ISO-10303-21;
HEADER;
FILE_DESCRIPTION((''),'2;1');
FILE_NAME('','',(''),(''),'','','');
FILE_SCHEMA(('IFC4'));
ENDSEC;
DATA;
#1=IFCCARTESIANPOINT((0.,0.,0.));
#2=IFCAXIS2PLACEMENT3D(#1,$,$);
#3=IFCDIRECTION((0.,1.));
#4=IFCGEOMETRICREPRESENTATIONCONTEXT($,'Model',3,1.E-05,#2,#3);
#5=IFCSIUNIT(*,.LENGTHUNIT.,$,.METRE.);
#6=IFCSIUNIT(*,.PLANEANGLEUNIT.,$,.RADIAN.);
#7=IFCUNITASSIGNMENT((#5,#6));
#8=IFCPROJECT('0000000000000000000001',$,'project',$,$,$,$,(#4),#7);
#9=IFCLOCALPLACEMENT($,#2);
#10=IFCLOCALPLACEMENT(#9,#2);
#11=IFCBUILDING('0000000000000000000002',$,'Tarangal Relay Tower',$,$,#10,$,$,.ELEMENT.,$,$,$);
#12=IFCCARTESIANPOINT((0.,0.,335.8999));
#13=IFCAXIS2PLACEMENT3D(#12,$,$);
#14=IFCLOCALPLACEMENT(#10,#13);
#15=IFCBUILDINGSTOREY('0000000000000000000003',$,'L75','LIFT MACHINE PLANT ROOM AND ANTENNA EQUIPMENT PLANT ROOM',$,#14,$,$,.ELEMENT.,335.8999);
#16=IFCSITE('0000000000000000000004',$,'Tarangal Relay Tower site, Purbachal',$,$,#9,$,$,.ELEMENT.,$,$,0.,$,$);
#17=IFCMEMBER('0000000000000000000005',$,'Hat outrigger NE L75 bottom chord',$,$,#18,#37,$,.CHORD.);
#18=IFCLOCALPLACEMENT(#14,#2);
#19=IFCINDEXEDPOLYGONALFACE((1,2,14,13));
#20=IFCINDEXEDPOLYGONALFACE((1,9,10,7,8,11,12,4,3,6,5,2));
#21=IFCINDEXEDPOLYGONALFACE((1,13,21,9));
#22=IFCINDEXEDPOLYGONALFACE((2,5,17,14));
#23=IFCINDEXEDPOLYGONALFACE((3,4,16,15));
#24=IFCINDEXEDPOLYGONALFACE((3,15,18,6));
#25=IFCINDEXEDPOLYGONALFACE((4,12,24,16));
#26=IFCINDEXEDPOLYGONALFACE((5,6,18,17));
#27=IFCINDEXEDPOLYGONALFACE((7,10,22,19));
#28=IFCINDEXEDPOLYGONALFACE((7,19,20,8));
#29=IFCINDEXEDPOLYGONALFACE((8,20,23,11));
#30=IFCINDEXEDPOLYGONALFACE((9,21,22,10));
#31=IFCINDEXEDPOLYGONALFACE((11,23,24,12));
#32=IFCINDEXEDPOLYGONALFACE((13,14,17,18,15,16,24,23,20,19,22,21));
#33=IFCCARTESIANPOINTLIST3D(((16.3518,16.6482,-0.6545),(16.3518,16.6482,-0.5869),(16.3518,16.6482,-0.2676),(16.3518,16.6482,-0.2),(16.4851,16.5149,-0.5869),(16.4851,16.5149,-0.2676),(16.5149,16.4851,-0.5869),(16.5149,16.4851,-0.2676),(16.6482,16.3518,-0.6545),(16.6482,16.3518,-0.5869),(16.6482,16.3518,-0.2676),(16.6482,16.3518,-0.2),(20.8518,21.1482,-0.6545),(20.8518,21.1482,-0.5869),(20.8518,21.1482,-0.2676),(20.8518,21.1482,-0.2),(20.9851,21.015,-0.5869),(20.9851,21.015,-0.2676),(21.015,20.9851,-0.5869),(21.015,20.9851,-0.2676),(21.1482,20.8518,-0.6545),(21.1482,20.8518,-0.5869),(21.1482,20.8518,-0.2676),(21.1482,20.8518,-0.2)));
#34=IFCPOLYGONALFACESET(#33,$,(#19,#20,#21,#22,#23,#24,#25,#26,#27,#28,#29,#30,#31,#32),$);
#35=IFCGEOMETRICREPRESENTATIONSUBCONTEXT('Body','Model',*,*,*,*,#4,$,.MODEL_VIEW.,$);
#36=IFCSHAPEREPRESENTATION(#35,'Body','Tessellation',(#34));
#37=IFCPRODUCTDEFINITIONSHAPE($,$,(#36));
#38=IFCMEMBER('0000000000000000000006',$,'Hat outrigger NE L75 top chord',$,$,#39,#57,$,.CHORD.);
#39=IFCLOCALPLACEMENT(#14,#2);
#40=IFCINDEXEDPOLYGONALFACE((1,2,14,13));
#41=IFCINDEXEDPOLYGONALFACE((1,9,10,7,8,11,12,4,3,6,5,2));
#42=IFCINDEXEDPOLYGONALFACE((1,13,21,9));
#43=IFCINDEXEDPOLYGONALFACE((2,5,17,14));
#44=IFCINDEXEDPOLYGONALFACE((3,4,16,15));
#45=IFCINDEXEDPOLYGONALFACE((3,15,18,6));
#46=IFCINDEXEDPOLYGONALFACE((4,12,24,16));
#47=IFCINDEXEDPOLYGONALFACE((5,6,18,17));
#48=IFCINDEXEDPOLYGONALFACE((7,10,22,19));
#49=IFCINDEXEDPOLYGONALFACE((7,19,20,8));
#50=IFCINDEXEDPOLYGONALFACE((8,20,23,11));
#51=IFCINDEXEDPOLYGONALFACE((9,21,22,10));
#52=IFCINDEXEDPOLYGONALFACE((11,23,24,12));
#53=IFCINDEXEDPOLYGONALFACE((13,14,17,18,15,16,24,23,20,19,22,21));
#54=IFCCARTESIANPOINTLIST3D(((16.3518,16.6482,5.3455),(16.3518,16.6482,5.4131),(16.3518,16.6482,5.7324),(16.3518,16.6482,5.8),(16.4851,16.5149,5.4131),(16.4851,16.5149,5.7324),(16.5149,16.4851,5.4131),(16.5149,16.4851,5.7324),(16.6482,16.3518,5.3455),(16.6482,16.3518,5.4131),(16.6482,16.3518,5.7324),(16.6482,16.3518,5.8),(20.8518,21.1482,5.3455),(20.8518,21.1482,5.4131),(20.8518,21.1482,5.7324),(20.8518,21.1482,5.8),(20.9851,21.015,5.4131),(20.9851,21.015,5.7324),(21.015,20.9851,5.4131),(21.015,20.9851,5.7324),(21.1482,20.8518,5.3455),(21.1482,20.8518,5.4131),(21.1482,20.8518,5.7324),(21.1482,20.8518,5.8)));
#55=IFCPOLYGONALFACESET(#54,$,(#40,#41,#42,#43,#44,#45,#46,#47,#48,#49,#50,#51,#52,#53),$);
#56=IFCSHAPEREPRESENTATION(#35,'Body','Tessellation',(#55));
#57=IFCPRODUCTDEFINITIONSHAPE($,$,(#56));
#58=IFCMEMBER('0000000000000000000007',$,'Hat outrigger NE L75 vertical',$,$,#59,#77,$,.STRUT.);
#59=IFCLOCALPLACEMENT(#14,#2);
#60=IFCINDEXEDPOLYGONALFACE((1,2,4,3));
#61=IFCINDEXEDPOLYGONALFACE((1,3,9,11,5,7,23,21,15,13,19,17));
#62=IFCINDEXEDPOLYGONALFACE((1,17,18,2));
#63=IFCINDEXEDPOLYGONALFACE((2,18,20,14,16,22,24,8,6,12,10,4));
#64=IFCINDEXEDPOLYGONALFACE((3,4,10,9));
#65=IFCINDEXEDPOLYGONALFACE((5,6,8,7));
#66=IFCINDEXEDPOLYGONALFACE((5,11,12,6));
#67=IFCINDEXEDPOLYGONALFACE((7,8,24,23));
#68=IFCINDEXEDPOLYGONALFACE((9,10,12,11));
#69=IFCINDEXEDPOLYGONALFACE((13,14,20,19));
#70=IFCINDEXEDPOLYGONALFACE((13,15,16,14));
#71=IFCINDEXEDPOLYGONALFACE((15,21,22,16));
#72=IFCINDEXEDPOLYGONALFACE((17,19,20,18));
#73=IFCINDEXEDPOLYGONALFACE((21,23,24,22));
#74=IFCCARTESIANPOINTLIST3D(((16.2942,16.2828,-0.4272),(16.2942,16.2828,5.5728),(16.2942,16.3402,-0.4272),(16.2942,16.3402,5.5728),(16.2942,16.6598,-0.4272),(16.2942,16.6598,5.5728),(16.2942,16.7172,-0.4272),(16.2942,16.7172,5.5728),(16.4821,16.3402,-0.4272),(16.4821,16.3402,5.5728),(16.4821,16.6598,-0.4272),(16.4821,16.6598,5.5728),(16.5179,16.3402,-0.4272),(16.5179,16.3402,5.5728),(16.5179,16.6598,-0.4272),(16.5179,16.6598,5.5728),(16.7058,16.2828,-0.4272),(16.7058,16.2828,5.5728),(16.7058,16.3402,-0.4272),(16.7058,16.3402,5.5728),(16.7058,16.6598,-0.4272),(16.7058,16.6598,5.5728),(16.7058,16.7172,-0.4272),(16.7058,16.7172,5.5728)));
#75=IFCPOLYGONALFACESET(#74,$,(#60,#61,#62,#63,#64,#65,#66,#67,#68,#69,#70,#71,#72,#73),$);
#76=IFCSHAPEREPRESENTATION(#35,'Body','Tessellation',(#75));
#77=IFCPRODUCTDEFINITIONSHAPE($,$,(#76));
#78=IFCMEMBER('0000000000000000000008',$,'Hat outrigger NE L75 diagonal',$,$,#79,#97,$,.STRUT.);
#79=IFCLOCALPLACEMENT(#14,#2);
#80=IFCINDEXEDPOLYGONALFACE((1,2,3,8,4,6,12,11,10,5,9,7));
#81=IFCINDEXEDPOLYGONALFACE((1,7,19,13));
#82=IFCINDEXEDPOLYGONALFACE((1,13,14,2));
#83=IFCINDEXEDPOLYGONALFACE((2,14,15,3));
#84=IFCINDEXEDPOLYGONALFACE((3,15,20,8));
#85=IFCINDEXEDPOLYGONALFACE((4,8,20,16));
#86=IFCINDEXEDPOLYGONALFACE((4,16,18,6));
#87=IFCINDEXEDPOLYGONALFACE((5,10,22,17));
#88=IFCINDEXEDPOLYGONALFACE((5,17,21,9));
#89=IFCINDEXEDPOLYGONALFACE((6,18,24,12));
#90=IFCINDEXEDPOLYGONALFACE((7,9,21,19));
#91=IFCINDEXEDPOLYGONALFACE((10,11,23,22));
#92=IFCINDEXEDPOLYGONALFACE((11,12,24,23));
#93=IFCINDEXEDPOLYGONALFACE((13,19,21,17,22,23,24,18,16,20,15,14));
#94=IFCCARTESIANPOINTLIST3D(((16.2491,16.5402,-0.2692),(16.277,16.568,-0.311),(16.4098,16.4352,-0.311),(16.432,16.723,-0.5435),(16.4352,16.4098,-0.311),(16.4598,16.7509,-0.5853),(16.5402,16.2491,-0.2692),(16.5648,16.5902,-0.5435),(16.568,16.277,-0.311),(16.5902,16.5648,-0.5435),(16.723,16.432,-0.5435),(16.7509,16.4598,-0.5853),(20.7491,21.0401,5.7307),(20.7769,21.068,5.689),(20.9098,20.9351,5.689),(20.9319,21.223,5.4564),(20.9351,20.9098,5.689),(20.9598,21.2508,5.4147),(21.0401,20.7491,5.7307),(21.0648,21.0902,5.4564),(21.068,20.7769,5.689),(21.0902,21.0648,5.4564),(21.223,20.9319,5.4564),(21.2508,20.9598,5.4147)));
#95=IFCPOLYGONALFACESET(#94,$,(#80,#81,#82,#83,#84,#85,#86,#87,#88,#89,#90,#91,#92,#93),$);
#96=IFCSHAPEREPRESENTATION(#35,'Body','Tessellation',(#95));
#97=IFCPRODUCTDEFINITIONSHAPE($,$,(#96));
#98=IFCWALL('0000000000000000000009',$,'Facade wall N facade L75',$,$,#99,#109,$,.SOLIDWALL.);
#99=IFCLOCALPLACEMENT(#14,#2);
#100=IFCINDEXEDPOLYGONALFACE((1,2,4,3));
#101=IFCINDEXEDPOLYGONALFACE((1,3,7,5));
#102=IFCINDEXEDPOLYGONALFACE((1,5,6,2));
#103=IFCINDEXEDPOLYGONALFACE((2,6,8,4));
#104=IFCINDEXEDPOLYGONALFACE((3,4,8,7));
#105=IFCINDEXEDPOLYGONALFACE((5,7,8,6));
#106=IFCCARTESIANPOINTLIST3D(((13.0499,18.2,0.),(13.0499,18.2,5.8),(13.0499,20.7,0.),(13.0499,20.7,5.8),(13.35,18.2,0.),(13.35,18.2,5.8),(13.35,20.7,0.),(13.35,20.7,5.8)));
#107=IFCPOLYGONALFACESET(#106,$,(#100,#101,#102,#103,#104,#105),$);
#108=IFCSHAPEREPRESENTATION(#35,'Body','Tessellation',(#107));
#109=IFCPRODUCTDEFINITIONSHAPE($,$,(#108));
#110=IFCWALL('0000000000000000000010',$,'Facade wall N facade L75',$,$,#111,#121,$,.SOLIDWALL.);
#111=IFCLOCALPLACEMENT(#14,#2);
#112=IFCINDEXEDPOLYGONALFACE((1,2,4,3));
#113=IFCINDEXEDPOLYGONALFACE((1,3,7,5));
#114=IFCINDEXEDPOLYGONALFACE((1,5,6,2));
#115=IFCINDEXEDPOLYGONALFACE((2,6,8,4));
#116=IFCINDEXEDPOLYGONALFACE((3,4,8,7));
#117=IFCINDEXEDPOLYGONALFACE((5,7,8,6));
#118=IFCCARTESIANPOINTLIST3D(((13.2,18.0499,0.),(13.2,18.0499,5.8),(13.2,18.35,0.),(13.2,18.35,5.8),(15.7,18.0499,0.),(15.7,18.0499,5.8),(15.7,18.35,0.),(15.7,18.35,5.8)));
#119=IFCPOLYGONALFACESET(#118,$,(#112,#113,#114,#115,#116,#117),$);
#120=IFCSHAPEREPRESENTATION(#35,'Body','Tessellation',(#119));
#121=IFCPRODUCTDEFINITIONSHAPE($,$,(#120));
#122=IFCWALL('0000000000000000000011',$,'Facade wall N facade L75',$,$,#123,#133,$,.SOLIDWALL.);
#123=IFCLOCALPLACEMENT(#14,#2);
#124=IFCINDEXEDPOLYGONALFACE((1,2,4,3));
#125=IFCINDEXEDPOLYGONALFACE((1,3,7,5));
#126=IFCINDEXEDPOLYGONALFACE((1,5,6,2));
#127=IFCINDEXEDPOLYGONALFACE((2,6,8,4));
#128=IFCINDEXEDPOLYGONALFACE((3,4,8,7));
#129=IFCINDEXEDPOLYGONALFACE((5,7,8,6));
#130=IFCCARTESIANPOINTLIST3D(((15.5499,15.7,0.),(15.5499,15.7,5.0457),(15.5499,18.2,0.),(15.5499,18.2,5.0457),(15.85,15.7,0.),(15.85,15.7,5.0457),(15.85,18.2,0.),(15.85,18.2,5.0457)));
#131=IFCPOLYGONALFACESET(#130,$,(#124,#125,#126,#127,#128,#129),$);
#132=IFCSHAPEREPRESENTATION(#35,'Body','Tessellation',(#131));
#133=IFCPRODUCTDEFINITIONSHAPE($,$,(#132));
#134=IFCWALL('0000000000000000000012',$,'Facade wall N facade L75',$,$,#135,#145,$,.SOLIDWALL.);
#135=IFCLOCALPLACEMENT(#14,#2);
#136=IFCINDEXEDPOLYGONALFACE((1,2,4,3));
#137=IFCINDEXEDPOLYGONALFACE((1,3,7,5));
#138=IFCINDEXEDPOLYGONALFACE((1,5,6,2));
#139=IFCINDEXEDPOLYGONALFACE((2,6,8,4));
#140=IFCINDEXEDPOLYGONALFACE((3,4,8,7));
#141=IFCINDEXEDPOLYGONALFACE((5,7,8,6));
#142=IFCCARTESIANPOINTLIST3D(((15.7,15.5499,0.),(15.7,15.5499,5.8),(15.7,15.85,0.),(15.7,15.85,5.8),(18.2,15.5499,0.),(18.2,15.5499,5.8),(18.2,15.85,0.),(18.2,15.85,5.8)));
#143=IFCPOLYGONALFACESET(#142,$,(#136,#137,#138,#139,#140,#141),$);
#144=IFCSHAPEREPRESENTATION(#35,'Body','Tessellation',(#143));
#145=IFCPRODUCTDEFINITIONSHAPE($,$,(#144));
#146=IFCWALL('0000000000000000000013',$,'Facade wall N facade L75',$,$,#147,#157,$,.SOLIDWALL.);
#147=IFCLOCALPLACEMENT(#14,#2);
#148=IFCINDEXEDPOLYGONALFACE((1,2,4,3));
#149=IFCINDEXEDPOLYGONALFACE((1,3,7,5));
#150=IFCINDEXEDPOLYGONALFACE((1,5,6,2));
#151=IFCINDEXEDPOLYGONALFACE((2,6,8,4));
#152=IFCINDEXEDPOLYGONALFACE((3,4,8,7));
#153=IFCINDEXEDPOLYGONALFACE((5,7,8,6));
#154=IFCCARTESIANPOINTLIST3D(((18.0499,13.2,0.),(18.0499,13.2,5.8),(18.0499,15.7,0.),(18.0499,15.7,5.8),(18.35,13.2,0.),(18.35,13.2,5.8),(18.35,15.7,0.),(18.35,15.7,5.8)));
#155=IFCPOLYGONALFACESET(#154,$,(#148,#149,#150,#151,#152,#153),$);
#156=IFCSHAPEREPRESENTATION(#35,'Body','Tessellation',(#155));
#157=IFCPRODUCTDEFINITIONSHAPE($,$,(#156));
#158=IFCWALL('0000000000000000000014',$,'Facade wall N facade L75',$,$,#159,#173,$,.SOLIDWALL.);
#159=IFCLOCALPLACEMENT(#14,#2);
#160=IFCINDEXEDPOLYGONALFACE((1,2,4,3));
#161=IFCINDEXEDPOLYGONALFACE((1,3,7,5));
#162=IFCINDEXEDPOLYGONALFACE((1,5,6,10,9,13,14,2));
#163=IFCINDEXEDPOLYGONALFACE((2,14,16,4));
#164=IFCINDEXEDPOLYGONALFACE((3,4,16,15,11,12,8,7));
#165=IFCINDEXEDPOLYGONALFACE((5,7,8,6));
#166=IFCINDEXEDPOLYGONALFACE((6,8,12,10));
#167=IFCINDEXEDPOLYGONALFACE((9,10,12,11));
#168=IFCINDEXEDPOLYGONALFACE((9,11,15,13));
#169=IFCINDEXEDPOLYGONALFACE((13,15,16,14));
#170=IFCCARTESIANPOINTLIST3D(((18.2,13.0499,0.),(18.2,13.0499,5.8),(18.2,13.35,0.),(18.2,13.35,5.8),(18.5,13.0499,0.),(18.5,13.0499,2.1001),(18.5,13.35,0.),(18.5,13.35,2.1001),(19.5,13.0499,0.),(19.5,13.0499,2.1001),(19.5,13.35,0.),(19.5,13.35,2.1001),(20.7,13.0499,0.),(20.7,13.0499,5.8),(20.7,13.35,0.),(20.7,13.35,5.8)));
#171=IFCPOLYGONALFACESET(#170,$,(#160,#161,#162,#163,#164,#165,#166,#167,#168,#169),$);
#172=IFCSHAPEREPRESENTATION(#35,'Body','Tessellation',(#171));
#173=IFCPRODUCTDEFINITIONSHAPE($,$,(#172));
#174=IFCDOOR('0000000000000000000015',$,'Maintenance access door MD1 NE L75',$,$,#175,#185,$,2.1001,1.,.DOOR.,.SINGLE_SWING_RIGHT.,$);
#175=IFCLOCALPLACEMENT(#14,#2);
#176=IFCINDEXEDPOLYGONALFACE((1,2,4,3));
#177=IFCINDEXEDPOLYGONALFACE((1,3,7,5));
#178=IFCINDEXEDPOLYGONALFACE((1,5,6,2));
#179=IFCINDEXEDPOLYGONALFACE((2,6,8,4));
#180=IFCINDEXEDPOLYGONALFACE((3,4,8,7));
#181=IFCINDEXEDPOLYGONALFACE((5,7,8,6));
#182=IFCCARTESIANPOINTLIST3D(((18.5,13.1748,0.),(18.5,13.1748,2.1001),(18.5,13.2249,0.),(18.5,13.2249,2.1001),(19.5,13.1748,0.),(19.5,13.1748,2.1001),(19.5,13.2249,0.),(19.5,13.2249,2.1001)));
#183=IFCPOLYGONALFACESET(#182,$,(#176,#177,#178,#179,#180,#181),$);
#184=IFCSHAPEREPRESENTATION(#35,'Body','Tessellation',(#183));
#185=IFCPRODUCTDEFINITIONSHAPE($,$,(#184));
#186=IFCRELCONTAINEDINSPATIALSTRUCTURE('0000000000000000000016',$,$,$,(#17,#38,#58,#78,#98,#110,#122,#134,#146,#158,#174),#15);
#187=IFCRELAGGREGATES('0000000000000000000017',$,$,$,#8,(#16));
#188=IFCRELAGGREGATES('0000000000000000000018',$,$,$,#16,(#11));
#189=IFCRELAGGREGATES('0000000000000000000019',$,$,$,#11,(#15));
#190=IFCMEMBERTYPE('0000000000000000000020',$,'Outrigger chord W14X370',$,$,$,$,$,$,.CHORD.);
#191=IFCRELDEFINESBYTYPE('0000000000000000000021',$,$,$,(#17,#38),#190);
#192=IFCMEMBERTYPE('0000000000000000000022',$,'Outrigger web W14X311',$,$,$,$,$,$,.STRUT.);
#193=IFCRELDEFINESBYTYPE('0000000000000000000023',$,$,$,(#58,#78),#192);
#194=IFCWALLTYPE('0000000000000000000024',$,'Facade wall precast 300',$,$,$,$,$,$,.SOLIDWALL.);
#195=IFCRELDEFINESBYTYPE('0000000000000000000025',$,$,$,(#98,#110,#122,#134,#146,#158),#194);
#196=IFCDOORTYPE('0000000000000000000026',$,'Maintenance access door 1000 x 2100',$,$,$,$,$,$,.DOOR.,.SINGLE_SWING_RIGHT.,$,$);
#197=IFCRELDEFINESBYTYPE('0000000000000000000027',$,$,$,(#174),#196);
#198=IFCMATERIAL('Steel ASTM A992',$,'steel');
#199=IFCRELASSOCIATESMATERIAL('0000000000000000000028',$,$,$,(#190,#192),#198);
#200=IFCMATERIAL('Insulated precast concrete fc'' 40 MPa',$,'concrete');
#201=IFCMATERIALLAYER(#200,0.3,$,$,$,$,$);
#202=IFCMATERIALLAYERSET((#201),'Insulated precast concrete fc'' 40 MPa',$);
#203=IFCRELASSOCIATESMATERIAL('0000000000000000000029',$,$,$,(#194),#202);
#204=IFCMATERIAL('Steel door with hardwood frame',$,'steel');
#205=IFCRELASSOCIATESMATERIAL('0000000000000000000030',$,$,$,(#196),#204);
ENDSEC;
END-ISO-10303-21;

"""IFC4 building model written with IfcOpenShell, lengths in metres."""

from ifc_helpers import new_model, si_unit, direction, frame, frame_2d, origin, origin_2d, place, context, subcontext, project, spatial, rectangle, i_section, extrude, material, layer, layer_set, material_profile, profile_set, type_object, element, fill, save


model = new_model("IFC4")

# Units and contexts
model_context = context("Model", 3, precision=1e-05, world=origin(), true_north=direction((0.0, 1.0)))
body_context = subcontext(model_context, "Body", "Model", "MODEL_VIEW")
ifc_project = project(units=[si_unit("LENGTHUNIT", "METRE"), si_unit("PLANEANGLEUNIT", "RADIAN")], contexts=[model_context])

# Site, building, storey
site_placement = place(None, origin())
site = spatial("IfcSite", under=ifc_project, at=site_placement, Name="Tarangal Relay Tower site, Purbachal", CompositionType="ELEMENT", RefElevation=0.0)
building_placement = place(site_placement, origin())
building = spatial("IfcBuilding", under=site, at=building_placement, Name="Tarangal Relay Tower", CompositionType="ELEMENT")
storey_placement = place(building_placement, frame((0.0, 0.0, 335.8999)))
storey = spatial("IfcBuildingStorey", under=building, at=storey_placement, Name="L75", Description="LIFT MACHINE PLANT ROOM AND ANTENNA EQUIPMENT PLANT ROOM", CompositionType="ELEMENT", Elevation=335.8999)

# Shared definitions
ifc_material_1 = material(Name="Steel ASTM A992", Category="steel")

# Members
ifc_material_profile_1 = material_profile(ifc_material_1, i_section(OverallWidth=0.4192, OverallDepth=0.4546, WebThickness=0.0422, FlangeThickness=0.0676, at=origin_2d()), Name="W14X370")
ifc_profile_set_1 = profile_set([ifc_material_profile_1], Name="Steel ASTM A992")
member_type_1 = type_object("IfcMemberType", Name="Outrigger chord W14X370", PredefinedType="CHORD", material=ifc_profile_set_1)
for number, where, z_axis, x_axis, name in (
    (1, (16.5, 16.5, -0.4272), (0.707107, 0.707107, 0.0), (-0.707107, 0.707107, 0.0), "Hat outrigger NE L75 bottom chord"),
    (2, (16.5, 16.5, 5.5728), (0.707107, 0.707107, 0.0), (-0.707107, 0.707107, 0.0), "Hat outrigger NE L75 top chord"),
):
    element("IfcMember", number, at=place(storey_placement, frame(where, z_axis=z_axis, x_axis=x_axis)), inside=storey, type_object=member_type_1, Name=name, PredefinedType="CHORD", context=body_context, shape_type="SweptSolid", body=[
        extrude(i_section(OverallWidth=0.4192, OverallDepth=0.4546, WebThickness=0.0422, FlangeThickness=0.0676, at=origin_2d()), origin(), (0.0, 0.0, 1.0), 6.364),
    ])
ifc_material_profile_2 = material_profile(ifc_material_1, i_section(OverallWidth=0.4116, OverallDepth=0.4343, WebThickness=0.0359, FlangeThickness=0.0574, at=origin_2d()), Name="W14X311")
ifc_profile_set_2 = profile_set([ifc_material_profile_2], Name="Steel ASTM A992")
member_type_2 = type_object("IfcMemberType", Name="Outrigger web W14X311", PredefinedType="STRUT", material=ifc_profile_set_2)
member_1_placement = place(storey_placement, frame((16.5, 16.5, -0.4272), z_axis=(0.0, 0.0, 1.0), x_axis=(1.0, 0.0, 0.0)))
element("IfcMember", 3, at=member_1_placement, inside=storey, type_object=member_type_2, Name="Hat outrigger NE L75 vertical", PredefinedType="STRUT", context=body_context, shape_type="SweptSolid", body=[
    extrude(i_section(OverallWidth=0.4116, OverallDepth=0.4343, WebThickness=0.0359, FlangeThickness=0.0574, at=origin_2d()), origin(), (0.0, 0.0, 1.0), 6.0),
])
member_2_placement = place(storey_placement, frame((16.5, 16.5, -0.4272), z_axis=(0.514496, 0.514496, 0.685994), x_axis=(-0.707107, 0.707107, 0.0)))
element("IfcMember", 4, at=member_2_placement, inside=storey, type_object=member_type_2, Name="Hat outrigger NE L75 diagonal", PredefinedType="STRUT", context=body_context, shape_type="SweptSolid", body=[
    extrude(i_section(OverallWidth=0.4116, OverallDepth=0.4343, WebThickness=0.0359, FlangeThickness=0.0574, at=origin_2d()), origin(), (0.0, 0.0, 1.0), 8.7463),
])

# Walls
ifc_material_2 = material(Name="Insulated precast concrete fc' 40 MPa", Category="concrete")
ifc_layer_1 = layer(ifc_material_2, 0.3)
ifc_layer_set_1 = layer_set([ifc_layer_1], Name="Insulated precast concrete fc' 40 MPa")
wall_type_1 = type_object("IfcWallType", Name="Facade wall precast 300", PredefinedType="SOLIDWALL", material=ifc_layer_set_1)
for number, where, z_axis, x_axis, name in (
    (5, (13.2, 20.7, 0.0), (0.0, 0.0, 1.0), (0.0, -1.0, 0.0), "Facade wall N facade L75"),
    (6, (13.2, 18.2, 0.0), (0.0, 0.0, 1.0), (1.0, 0.0, 0.0), "Facade wall N facade L75"),
):
    element("IfcWall", number, at=place(storey_placement, frame(where, z_axis=z_axis, x_axis=x_axis)), inside=storey, type_object=wall_type_1, Name=name, PredefinedType="SOLIDWALL", context=body_context, shape_type="SweptSolid", body=[
        extrude(rectangle(XDim=2.5, YDim=0.3, at=frame_2d((1.25, 0.0))), origin(), (0.0, 0.0, 1.0), 5.8),
    ])
wall_1_placement = place(storey_placement, frame((15.7, 18.2, 0.0), z_axis=(0.0, 0.0, 1.0), x_axis=(0.0, -1.0, 0.0)))
element("IfcWall", 7, at=wall_1_placement, inside=storey, type_object=wall_type_1, Name="Facade wall N facade L75", PredefinedType="SOLIDWALL", context=body_context, shape_type="SweptSolid", body=[
    extrude(rectangle(XDim=2.5, YDim=0.3, at=frame_2d((1.25, 0.0))), origin(), (0.0, 0.0, 1.0), 5.0457),
])
for number, where, z_axis, x_axis, name in (
    (8, (15.7, 15.7, 0.0), (0.0, 0.0, 1.0), (1.0, 0.0, 0.0), "Facade wall N facade L75"),
    (9, (18.2, 15.7, 0.0), (0.0, 0.0, 1.0), (0.0, -1.0, 0.0), "Facade wall N facade L75"),
):
    element("IfcWall", number, at=place(storey_placement, frame(where, z_axis=z_axis, x_axis=x_axis)), inside=storey, type_object=wall_type_1, Name=name, PredefinedType="SOLIDWALL", context=body_context, shape_type="SweptSolid", body=[
        extrude(rectangle(XDim=2.5, YDim=0.3, at=frame_2d((1.25, 0.0))), origin(), (0.0, 0.0, 1.0), 5.8),
    ])

# Wall, opening, door
wall_2_placement = place(storey_placement, frame((18.2, 13.2, 0.0), z_axis=(0.0, 0.0, 1.0), x_axis=(1.0, 0.0, 0.0)))
wall_2 = element("IfcWall", 10, at=wall_2_placement, inside=storey, type_object=wall_type_1, Name="Facade wall N facade L75", PredefinedType="SOLIDWALL", context=body_context, shape_type="SweptSolid", body=[
    extrude(rectangle(XDim=2.5, YDim=0.3, at=frame_2d((1.25, 0.0))), origin(), (0.0, 0.0, 1.0), 5.8),
])
opening_1_placement = place(wall_2_placement, frame((0.3, 0.0, 0.0)))
opening_1 = element("IfcOpeningElement", 11, at=opening_1_placement, cuts=wall_2, PredefinedType="OPENING", context=body_context, shape_type="SweptSolid", body=[
    extrude(rectangle(XDim=1.0, YDim=2.1001, at=frame_2d((0.5, 1.05))), frame((0.0, 0.1599, 0.0), z_axis=(0.0, -1.0, 0.0), x_axis=(1.0, 0.0, 0.0)), (0.0, 0.0, 1.0), 0.3201),
])
ifc_material_3 = material(Name="Steel door with hardwood frame", Category="steel")
door_type = type_object("IfcDoorType", Name="Maintenance access door 1000 x 2100", OperationType="SINGLE_SWING_RIGHT", PredefinedType="DOOR", material=ifc_material_3)
door_placement = place(opening_1_placement, origin())
door = element("IfcDoor", 12, at=door_placement, inside=storey, type_object=door_type, Name="Maintenance access door MD1 NE L75", OperationType="SINGLE_SWING_RIGHT", OverallHeight=2.1001, OverallWidth=1.0, PredefinedType="DOOR", context=body_context, shape_type="SweptSolid", body=[
    extrude(rectangle(XDim=1.0, YDim=2.1001, at=frame_2d((0.5, 1.05))), frame((0.0, 0.0249, 0.0), z_axis=(0.0, -1.0, 0.0), x_axis=(1.0, 0.0, 0.0)), (0.0, 0.0, 1.0), 0.05),
])
fill(opening_1, door)

save(model, "model.ifc")
